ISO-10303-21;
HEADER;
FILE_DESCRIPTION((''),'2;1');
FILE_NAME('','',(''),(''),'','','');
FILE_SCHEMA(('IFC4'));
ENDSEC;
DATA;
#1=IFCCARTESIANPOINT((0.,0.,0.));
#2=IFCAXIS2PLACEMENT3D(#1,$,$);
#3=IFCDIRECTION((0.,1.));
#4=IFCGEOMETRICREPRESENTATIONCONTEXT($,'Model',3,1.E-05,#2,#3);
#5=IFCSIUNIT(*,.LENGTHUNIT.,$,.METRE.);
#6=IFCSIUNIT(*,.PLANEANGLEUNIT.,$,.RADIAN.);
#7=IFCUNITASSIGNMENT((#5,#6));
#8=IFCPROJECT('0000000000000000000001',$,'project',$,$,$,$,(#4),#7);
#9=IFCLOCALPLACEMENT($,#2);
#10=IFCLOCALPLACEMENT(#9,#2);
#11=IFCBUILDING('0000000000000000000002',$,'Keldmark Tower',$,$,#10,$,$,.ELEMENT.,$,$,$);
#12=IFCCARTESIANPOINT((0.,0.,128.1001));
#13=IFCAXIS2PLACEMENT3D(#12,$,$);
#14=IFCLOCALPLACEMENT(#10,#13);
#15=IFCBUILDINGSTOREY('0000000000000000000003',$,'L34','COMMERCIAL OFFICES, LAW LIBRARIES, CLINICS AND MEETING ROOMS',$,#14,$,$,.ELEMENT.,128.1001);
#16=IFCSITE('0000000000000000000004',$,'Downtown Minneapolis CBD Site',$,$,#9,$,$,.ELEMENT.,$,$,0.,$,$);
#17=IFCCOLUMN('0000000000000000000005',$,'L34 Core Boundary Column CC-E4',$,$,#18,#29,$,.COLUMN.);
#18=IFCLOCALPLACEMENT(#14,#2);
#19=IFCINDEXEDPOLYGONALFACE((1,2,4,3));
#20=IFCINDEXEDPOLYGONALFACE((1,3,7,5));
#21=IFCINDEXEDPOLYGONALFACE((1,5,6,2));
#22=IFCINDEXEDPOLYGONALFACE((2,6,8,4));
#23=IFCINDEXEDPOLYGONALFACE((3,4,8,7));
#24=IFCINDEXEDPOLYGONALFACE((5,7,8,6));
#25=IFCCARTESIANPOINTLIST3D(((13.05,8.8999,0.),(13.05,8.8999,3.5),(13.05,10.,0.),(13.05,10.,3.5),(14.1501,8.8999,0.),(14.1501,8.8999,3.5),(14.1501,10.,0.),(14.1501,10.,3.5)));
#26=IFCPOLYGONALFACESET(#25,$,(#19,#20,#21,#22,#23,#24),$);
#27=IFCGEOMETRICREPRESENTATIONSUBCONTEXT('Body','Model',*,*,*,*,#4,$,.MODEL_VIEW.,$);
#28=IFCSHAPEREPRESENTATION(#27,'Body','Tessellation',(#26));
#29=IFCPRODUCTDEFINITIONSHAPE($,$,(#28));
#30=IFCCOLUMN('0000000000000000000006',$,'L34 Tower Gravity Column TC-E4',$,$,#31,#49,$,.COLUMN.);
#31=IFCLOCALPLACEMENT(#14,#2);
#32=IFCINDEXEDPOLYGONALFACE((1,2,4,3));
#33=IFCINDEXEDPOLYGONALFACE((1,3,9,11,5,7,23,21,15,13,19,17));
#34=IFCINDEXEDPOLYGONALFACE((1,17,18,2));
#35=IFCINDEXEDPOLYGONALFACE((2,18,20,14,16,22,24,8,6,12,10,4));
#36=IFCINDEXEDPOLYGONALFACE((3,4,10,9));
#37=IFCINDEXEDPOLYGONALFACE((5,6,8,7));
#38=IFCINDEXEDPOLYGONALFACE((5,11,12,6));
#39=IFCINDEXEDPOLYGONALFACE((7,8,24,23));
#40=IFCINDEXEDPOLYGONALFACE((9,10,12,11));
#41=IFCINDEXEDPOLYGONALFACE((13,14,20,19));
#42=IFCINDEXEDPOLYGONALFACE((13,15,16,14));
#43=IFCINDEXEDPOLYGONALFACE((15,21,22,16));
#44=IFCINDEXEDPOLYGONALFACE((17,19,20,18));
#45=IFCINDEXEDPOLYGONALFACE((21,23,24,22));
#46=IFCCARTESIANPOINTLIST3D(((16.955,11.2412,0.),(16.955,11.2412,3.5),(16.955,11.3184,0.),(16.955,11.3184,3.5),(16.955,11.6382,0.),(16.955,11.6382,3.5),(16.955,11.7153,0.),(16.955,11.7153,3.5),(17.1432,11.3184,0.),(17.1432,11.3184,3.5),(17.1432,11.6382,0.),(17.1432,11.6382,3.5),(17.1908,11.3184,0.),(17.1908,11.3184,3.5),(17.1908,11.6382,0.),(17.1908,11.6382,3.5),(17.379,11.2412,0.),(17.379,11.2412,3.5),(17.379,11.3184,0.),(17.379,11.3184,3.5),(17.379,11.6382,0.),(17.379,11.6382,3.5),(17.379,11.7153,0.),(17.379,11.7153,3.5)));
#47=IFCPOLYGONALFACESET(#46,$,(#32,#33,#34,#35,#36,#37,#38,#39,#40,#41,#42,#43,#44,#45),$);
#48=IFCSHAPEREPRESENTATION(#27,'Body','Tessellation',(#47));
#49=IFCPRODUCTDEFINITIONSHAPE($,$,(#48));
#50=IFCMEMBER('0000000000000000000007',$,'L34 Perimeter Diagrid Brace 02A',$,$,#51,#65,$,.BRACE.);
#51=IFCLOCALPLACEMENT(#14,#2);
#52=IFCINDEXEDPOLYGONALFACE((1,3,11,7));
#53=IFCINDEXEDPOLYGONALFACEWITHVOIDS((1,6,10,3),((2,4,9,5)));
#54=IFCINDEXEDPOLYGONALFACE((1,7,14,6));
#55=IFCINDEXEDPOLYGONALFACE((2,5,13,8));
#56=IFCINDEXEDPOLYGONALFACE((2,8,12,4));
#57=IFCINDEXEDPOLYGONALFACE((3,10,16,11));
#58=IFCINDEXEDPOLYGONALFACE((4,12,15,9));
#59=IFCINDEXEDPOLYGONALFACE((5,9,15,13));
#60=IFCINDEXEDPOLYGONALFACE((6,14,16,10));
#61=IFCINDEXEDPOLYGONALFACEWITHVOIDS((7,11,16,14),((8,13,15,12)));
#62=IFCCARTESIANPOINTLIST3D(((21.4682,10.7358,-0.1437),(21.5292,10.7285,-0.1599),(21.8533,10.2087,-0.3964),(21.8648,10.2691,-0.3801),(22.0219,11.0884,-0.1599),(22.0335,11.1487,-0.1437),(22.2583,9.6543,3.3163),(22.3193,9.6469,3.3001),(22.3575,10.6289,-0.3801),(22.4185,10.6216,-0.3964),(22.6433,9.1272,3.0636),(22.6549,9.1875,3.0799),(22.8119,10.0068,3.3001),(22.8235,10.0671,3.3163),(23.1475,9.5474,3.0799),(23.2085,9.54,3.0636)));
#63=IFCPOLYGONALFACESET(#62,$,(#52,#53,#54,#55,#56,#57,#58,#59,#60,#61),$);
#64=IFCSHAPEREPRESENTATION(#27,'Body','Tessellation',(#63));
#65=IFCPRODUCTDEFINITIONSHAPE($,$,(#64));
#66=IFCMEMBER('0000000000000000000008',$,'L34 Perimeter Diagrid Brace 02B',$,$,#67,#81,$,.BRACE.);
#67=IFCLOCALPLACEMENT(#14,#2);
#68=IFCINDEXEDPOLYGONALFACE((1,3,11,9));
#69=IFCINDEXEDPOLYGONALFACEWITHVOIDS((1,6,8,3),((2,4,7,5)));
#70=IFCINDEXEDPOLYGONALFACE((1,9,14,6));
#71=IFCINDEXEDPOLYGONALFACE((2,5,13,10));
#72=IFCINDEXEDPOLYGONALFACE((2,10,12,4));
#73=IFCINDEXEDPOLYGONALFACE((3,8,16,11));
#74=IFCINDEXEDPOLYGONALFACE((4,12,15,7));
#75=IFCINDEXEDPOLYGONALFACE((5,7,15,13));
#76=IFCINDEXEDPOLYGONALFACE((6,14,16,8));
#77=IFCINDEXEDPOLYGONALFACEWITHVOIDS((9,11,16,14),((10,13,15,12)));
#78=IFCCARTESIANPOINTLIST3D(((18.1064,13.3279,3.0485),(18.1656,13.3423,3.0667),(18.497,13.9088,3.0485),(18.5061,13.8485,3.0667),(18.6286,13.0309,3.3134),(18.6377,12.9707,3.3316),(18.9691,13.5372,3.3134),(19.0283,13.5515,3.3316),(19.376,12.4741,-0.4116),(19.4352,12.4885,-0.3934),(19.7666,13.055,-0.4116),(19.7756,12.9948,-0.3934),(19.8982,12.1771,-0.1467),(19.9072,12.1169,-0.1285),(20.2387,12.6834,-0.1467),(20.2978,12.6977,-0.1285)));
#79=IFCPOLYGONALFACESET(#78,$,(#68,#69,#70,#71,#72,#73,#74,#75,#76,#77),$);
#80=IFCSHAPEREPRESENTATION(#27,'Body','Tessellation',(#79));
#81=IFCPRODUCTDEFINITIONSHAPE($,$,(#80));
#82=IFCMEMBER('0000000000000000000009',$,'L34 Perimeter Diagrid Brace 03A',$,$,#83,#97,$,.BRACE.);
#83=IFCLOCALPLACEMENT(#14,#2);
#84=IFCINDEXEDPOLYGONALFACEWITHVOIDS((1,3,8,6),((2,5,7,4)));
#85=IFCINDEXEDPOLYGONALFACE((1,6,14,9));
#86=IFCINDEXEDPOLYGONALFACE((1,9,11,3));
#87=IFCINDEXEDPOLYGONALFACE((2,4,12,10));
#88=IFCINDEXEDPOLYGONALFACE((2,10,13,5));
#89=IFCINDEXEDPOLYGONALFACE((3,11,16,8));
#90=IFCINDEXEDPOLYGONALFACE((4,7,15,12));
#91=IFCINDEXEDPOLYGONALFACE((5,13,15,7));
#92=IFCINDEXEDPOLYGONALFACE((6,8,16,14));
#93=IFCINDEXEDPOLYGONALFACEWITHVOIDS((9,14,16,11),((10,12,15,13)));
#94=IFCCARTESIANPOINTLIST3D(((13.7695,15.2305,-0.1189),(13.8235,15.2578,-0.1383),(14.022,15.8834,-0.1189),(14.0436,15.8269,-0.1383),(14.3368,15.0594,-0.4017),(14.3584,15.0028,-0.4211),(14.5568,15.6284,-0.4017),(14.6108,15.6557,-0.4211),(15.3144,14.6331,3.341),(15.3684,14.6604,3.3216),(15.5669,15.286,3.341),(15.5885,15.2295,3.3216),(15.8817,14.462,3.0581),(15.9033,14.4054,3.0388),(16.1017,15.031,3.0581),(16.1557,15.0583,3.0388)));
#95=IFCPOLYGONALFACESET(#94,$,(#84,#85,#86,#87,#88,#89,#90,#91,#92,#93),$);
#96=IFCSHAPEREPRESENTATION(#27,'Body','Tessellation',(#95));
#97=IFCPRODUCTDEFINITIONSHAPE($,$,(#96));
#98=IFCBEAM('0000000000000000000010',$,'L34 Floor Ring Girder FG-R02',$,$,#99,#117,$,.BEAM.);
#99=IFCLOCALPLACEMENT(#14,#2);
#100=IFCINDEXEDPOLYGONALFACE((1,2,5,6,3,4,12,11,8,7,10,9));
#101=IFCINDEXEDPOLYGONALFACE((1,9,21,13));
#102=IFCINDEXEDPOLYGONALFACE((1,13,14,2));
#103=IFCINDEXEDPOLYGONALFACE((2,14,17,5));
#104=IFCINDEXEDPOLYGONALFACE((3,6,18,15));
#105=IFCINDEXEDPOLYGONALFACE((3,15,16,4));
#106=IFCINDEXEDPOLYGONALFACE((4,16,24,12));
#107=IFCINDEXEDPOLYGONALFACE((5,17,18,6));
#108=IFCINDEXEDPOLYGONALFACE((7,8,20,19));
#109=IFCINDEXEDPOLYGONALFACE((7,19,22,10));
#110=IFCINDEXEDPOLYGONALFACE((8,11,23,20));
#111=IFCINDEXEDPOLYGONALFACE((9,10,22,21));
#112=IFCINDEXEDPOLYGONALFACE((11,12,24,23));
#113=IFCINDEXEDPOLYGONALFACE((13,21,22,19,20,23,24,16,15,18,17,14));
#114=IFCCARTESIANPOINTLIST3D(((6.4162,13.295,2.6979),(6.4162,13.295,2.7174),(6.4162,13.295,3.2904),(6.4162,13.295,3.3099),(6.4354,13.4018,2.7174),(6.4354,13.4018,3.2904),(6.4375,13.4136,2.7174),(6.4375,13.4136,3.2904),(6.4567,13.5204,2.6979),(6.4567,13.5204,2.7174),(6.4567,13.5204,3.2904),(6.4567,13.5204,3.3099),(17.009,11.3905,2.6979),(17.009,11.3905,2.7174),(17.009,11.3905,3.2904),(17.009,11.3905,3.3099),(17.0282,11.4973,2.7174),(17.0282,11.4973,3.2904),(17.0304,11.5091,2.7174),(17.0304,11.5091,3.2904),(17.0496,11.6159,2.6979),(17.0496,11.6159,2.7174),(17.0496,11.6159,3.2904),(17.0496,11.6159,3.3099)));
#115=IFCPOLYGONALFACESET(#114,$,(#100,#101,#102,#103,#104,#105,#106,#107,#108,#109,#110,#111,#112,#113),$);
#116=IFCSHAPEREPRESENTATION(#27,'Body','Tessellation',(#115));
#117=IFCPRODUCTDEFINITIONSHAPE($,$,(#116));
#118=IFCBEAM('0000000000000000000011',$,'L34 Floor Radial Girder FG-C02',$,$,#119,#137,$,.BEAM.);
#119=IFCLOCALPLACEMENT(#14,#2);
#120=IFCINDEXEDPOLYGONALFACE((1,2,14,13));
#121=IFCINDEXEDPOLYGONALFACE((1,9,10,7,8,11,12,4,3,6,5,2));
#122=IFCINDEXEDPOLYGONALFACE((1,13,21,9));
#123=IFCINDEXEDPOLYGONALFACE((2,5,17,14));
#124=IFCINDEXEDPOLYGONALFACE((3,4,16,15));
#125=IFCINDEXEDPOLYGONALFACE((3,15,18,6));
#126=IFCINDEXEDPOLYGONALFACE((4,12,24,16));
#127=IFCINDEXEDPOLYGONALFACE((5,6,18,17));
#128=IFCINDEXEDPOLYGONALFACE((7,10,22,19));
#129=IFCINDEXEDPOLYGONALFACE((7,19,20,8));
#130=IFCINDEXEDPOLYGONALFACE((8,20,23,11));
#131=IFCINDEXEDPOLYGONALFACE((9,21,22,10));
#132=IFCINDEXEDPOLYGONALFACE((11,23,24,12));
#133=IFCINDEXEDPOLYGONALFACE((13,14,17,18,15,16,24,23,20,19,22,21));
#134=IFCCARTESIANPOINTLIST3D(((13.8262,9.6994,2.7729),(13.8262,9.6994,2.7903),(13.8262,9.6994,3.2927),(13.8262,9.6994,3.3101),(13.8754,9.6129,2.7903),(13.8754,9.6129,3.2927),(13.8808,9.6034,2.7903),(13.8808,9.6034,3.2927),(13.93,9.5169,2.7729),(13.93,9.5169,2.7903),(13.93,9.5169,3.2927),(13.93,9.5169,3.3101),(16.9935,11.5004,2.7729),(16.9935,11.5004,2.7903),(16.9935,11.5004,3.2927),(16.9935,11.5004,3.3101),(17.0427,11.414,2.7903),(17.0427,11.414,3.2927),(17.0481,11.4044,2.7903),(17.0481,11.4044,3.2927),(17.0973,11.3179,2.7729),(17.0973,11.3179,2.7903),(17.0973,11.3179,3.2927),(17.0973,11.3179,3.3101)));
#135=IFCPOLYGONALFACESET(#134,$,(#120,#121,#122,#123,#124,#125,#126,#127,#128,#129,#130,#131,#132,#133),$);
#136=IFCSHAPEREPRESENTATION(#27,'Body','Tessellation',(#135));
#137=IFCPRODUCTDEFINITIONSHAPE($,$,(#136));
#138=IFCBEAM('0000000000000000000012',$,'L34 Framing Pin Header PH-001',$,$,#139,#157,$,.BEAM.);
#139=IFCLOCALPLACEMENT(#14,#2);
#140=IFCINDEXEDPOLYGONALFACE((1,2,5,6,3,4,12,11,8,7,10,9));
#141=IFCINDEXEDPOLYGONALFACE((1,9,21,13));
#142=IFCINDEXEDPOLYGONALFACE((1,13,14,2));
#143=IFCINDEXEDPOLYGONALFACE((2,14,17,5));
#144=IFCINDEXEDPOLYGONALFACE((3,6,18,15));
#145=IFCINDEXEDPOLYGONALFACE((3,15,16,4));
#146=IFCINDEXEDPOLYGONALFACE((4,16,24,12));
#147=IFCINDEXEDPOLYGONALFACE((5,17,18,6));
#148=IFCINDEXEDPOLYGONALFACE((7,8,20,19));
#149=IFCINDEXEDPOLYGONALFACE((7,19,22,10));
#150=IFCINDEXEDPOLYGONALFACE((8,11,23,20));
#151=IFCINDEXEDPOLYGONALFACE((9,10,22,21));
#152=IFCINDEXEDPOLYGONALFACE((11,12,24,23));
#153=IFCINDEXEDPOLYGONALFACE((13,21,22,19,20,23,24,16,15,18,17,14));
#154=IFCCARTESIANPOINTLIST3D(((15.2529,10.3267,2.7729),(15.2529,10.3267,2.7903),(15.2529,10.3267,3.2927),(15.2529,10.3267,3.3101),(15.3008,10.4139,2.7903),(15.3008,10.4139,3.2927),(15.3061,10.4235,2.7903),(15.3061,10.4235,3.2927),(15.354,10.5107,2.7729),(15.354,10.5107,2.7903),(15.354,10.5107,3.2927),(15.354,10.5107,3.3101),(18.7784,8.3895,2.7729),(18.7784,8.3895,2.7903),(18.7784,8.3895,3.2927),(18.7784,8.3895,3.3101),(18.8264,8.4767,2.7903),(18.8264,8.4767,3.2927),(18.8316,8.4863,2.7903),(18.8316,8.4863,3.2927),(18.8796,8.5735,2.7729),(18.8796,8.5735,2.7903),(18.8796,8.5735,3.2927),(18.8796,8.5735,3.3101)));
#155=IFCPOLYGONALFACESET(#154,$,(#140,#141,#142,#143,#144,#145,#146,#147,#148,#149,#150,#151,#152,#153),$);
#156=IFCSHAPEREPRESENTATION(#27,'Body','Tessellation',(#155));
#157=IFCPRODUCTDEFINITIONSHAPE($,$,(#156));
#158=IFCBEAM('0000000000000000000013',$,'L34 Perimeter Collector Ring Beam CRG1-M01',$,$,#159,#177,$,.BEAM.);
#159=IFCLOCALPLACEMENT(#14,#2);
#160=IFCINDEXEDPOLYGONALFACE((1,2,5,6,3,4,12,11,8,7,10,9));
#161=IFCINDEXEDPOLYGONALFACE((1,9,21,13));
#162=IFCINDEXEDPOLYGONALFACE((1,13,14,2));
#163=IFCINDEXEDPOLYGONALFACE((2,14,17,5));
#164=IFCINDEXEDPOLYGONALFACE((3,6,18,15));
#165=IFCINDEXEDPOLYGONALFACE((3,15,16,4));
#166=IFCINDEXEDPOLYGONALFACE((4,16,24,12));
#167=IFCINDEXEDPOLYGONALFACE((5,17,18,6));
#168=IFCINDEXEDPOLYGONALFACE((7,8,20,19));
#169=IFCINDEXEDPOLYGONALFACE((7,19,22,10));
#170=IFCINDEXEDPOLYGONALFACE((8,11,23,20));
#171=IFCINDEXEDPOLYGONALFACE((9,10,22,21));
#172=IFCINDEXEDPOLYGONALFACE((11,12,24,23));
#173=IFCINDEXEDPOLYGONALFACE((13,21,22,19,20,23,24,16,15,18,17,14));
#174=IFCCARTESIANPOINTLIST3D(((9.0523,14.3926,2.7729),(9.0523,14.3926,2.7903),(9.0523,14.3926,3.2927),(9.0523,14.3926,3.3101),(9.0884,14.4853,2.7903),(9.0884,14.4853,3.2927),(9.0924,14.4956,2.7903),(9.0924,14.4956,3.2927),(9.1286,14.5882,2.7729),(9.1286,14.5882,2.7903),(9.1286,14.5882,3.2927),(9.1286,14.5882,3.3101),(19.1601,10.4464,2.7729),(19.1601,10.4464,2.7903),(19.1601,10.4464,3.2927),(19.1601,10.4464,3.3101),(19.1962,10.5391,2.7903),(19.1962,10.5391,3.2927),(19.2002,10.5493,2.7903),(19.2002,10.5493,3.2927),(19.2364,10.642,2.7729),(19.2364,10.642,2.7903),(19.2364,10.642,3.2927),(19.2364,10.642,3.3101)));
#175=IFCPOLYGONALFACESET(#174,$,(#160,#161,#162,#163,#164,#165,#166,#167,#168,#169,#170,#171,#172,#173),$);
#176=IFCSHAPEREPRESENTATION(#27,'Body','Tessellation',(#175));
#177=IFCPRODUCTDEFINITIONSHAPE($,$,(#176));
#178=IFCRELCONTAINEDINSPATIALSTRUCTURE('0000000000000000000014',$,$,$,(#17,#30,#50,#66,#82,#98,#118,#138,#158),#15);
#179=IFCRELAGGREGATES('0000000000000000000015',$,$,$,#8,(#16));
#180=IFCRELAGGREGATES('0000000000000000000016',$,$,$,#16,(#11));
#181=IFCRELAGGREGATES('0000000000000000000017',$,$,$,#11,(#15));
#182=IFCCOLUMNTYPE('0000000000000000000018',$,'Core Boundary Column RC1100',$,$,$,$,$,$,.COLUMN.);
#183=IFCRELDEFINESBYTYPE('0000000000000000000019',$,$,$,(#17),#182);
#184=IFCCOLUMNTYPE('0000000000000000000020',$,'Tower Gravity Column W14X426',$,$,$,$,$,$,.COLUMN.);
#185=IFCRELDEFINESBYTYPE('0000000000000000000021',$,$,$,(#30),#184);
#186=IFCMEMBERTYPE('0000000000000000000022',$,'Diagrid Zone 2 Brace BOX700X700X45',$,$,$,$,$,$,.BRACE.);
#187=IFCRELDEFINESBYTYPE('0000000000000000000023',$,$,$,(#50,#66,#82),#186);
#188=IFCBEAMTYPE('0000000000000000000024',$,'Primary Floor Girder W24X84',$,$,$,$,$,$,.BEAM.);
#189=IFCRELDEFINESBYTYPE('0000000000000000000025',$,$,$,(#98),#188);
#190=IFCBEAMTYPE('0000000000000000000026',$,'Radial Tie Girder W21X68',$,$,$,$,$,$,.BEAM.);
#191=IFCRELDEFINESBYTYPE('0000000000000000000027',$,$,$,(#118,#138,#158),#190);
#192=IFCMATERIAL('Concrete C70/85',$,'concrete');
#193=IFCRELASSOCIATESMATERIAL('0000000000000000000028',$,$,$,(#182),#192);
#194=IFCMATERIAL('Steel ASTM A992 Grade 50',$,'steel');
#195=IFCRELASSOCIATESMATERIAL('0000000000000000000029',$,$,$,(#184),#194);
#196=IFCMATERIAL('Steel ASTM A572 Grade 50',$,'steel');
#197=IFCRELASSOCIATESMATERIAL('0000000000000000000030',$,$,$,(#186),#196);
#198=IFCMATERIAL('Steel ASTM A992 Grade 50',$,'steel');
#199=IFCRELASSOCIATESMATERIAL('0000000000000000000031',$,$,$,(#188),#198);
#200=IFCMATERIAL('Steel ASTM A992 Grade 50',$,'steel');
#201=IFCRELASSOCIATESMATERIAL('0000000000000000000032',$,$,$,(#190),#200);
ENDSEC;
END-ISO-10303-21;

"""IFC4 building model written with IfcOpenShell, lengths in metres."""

from ifc_helpers import new_model, si_unit, direction, frame, origin, origin_2d, place, context, subcontext, project, spatial, rectangle, hollow_rectangle, i_section, extrude, material, material_profile, profile_set, type_object, element, save


model = new_model("IFC4")

# Units and contexts
model_context = context("Model", 3, precision=1e-05, world=origin(), true_north=direction((0.0, 1.0)))
body_context = subcontext(model_context, "Body", "Model", "MODEL_VIEW")
ifc_project = project(units=[si_unit("LENGTHUNIT", "METRE"), si_unit("PLANEANGLEUNIT", "RADIAN")], contexts=[model_context])

# Site, building, storey
site_placement = place(None, origin())
site = spatial("IfcSite", under=ifc_project, at=site_placement, Name="Downtown Minneapolis CBD Site", CompositionType="ELEMENT", RefElevation=0.0)
building_placement = place(site_placement, origin())
building = spatial("IfcBuilding", under=site, at=building_placement, Name="Keldmark Tower", CompositionType="ELEMENT")
storey_placement = place(building_placement, frame((0.0, 0.0, 128.1001)))
storey = spatial("IfcBuildingStorey", under=building, at=storey_placement, Name="L34", Description="COMMERCIAL OFFICES, LAW LIBRARIES, CLINICS AND MEETING ROOMS", CompositionType="ELEMENT", Elevation=128.1001)

# Columns
ifc_material_1 = material(Name="Concrete C70/85", Category="concrete")
ifc_material_profile_1 = material_profile(ifc_material_1, rectangle(XDim=1.1001, YDim=1.1001, at=origin_2d()), Name="RC1100X1100")
ifc_profile_set_1 = profile_set([ifc_material_profile_1], Name="Concrete C70/85")
column_type_1 = type_object("IfcColumnType", Name="Core Boundary Column RC1100", PredefinedType="COLUMN", material=ifc_profile_set_1)
column_1_placement = place(storey_placement, frame((13.6001, 9.45, 0.0), z_axis=(0.0, 0.0, 1.0), x_axis=(1.0, 0.0, 0.0)))
element("IfcColumn", 1, at=column_1_placement, inside=storey, type_object=column_type_1, Name="L34 Core Boundary Column CC-E4", PredefinedType="COLUMN", context=body_context, shape_type="SweptSolid", body=[
    extrude(rectangle(XDim=1.1001, YDim=1.1001, at=origin_2d()), origin(), (0.0, 0.0, 1.0), 3.5),
])
ifc_material_2 = material(Name="Steel ASTM A992 Grade 50", Category="steel")
ifc_material_profile_2 = material_profile(ifc_material_2, i_section(OverallWidth=0.4241, OverallDepth=0.4741, WebThickness=0.0476, FlangeThickness=0.0771, at=origin_2d()), Name="W14X426")
ifc_profile_set_2 = profile_set([ifc_material_profile_2], Name="Steel ASTM A992 Grade 50")
column_type_2 = type_object("IfcColumnType", Name="Tower Gravity Column W14X426", PredefinedType="COLUMN", material=ifc_profile_set_2)
column_2_placement = place(storey_placement, frame((17.167, 11.4783, 0.0), z_axis=(0.0, 0.0, 1.0), x_axis=(1.0, 0.0, 0.0)))
element("IfcColumn", 2, at=column_2_placement, inside=storey, type_object=column_type_2, Name="L34 Tower Gravity Column TC-E4", PredefinedType="COLUMN", context=body_context, shape_type="SweptSolid", body=[
    extrude(i_section(OverallWidth=0.4241, OverallDepth=0.4741, WebThickness=0.0476, FlangeThickness=0.0771, at=origin_2d()), origin(), (0.0, 0.0, 1.0), 3.5),
])

# Members
ifc_material_3 = material(Name="Steel ASTM A572 Grade 50", Category="steel")
ifc_material_profile_3 = material_profile(ifc_material_3, hollow_rectangle(XDim=0.7, YDim=0.7, WallThickness=0.0449, at=origin_2d()), Name="BOX700X700X45")
ifc_profile_set_3 = profile_set([ifc_material_profile_3], Name="Steel ASTM A572 Grade 50")
member_type = type_object("IfcMemberType", Name="Diagrid Zone 2 Brace BOX700X700X45", PredefinedType="BRACE", material=ifc_profile_set_3)
member_1_placement = place(storey_placement, frame((21.9434, 10.6787, -0.27), z_axis=(0.21294, -0.291509, 0.932566), x_axis=(0.807505, 0.589861, 0.0)))
element("IfcMember", 3, at=member_1_placement, inside=storey, type_object=member_type, Name="L34 Perimeter Diagrid Brace 02A", PredefinedType="BRACE", context=body_context, shape_type="SweptSolid", body=[
    extrude(hollow_rectangle(XDim=0.7, YDim=0.7, WallThickness=0.0449, at=origin_2d()), origin(), (0.0, 0.0, 1.0), 3.7102),
])
member_2_placement = place(storey_placement, frame((19.8369, 12.5859, -0.27), z_axis=(-0.335578, 0.225677, 0.91458), x_axis=(-0.558047, -0.829809, 0.0)))
element("IfcMember", 4, at=member_2_placement, inside=storey, type_object=member_type, Name="L34 Perimeter Diagrid Brace 02B", PredefinedType="BRACE", context=body_context, shape_type="SweptSolid", body=[
    extrude(hollow_rectangle(XDim=0.7, YDim=0.7, WallThickness=0.0449, at=origin_2d()), origin(), (0.0, 0.0, 1.0), 3.7832),
])
member_3_placement = place(storey_placement, frame((14.1902, 15.4431, -0.27), z_axis=(0.402741, -0.155738, 0.901967), x_axis=(0.360667, 0.932694, 0.0)))
element("IfcMember", 5, at=member_3_placement, inside=storey, type_object=member_type, Name="L34 Perimeter Diagrid Brace 03A", PredefinedType="BRACE", context=body_context, shape_type="SweptSolid", body=[
    extrude(hollow_rectangle(XDim=0.7, YDim=0.7, WallThickness=0.0449, at=origin_2d()), origin(), (0.0, 0.0, 1.0), 3.8359),
])

# Beams
ifc_material_4 = material(Name="Steel ASTM A992 Grade 50", Category="steel")
ifc_material_profile_4 = material_profile(ifc_material_4, i_section(OverallWidth=0.229, OverallDepth=0.6121, WebThickness=0.012, FlangeThickness=0.0195, at=origin_2d()), Name="W24X84")
ifc_profile_set_4 = profile_set([ifc_material_profile_4], Name="Steel ASTM A992 Grade 50")
beam_type_1 = type_object("IfcBeamType", Name="Primary Floor Girder W24X84", PredefinedType="BEAM", material=ifc_profile_set_4)
beam_1_placement = place(storey_placement, frame((17.0293, 11.5032, 3.0039), z_axis=(-0.984218, 0.176959, 0.0), x_axis=(-0.176959, -0.984218, 0.0)))
element("IfcBeam", 6, at=beam_1_placement, inside=storey, type_object=beam_type_1, Name="L34 Floor Ring Girder FG-R02", PredefinedType="BEAM", context=body_context, shape_type="SweptSolid", body=[
    extrude(i_section(OverallWidth=0.229, OverallDepth=0.6121, WebThickness=0.012, FlangeThickness=0.0195, at=origin_2d()), origin(), (0.0, 0.0, 1.0), 10.7627),
])
ifc_material_5 = material(Name="Steel ASTM A992 Grade 50", Category="steel")
ifc_material_profile_5 = material_profile(ifc_material_5, i_section(OverallWidth=0.21, OverallDepth=0.5371, WebThickness=0.011, FlangeThickness=0.0173, at=origin_2d()), Name="W21X68")
ifc_profile_set_5 = profile_set([ifc_material_profile_5], Name="Steel ASTM A992 Grade 50")
beam_type_2 = type_object("IfcBeamType", Name="Radial Tie Girder W21X68", PredefinedType="BEAM", material=ifc_profile_set_5)
beam_2_placement = place(storey_placement, frame((17.0454, 11.4092, 3.0415), z_axis=(-0.869284, -0.494312, 0.0), x_axis=(0.494312, -0.869284, 0.0)))
element("IfcBeam", 7, at=beam_2_placement, inside=storey, type_object=beam_type_2, Name="L34 Floor Radial Girder FG-C02", PredefinedType="BEAM", context=body_context, shape_type="SweptSolid", body=[
    extrude(i_section(OverallWidth=0.21, OverallDepth=0.5371, WebThickness=0.011, FlangeThickness=0.0173, at=origin_2d()), origin(), (0.0, 0.0, 1.0), 3.6436),
])
beam_3_placement = place(storey_placement, frame((15.3035, 10.4187, 3.0415), z_axis=(0.876409, -0.481567, 0.0), x_axis=(0.481567, 0.876409, 0.0)))
element("IfcBeam", 8, at=beam_3_placement, inside=storey, type_object=beam_type_2, Name="L34 Framing Pin Header PH-001", PredefinedType="BEAM", context=body_context, shape_type="SweptSolid", body=[
    extrude(i_section(OverallWidth=0.21, OverallDepth=0.5371, WebThickness=0.011, FlangeThickness=0.0173, at=origin_2d()), origin(), (0.0, 0.0, 1.0), 4.0227),
])
beam_4_placement = place(storey_placement, frame((19.1982, 10.5442, 3.0415), z_axis=(-0.931523, 0.363682, 0.0), x_axis=(-0.363682, -0.931523, 0.0)))
element("IfcBeam", 9, at=beam_4_placement, inside=storey, type_object=beam_type_2, Name="L34 Perimeter Collector Ring Beam CRG1-M01", PredefinedType="BEAM", context=body_context, shape_type="SweptSolid", body=[
    extrude(i_section(OverallWidth=0.21, OverallDepth=0.5371, WebThickness=0.011, FlangeThickness=0.0173, at=origin_2d()), origin(), (0.0, 0.0, 1.0), 10.8508),
])

save(model, "model.ifc")
